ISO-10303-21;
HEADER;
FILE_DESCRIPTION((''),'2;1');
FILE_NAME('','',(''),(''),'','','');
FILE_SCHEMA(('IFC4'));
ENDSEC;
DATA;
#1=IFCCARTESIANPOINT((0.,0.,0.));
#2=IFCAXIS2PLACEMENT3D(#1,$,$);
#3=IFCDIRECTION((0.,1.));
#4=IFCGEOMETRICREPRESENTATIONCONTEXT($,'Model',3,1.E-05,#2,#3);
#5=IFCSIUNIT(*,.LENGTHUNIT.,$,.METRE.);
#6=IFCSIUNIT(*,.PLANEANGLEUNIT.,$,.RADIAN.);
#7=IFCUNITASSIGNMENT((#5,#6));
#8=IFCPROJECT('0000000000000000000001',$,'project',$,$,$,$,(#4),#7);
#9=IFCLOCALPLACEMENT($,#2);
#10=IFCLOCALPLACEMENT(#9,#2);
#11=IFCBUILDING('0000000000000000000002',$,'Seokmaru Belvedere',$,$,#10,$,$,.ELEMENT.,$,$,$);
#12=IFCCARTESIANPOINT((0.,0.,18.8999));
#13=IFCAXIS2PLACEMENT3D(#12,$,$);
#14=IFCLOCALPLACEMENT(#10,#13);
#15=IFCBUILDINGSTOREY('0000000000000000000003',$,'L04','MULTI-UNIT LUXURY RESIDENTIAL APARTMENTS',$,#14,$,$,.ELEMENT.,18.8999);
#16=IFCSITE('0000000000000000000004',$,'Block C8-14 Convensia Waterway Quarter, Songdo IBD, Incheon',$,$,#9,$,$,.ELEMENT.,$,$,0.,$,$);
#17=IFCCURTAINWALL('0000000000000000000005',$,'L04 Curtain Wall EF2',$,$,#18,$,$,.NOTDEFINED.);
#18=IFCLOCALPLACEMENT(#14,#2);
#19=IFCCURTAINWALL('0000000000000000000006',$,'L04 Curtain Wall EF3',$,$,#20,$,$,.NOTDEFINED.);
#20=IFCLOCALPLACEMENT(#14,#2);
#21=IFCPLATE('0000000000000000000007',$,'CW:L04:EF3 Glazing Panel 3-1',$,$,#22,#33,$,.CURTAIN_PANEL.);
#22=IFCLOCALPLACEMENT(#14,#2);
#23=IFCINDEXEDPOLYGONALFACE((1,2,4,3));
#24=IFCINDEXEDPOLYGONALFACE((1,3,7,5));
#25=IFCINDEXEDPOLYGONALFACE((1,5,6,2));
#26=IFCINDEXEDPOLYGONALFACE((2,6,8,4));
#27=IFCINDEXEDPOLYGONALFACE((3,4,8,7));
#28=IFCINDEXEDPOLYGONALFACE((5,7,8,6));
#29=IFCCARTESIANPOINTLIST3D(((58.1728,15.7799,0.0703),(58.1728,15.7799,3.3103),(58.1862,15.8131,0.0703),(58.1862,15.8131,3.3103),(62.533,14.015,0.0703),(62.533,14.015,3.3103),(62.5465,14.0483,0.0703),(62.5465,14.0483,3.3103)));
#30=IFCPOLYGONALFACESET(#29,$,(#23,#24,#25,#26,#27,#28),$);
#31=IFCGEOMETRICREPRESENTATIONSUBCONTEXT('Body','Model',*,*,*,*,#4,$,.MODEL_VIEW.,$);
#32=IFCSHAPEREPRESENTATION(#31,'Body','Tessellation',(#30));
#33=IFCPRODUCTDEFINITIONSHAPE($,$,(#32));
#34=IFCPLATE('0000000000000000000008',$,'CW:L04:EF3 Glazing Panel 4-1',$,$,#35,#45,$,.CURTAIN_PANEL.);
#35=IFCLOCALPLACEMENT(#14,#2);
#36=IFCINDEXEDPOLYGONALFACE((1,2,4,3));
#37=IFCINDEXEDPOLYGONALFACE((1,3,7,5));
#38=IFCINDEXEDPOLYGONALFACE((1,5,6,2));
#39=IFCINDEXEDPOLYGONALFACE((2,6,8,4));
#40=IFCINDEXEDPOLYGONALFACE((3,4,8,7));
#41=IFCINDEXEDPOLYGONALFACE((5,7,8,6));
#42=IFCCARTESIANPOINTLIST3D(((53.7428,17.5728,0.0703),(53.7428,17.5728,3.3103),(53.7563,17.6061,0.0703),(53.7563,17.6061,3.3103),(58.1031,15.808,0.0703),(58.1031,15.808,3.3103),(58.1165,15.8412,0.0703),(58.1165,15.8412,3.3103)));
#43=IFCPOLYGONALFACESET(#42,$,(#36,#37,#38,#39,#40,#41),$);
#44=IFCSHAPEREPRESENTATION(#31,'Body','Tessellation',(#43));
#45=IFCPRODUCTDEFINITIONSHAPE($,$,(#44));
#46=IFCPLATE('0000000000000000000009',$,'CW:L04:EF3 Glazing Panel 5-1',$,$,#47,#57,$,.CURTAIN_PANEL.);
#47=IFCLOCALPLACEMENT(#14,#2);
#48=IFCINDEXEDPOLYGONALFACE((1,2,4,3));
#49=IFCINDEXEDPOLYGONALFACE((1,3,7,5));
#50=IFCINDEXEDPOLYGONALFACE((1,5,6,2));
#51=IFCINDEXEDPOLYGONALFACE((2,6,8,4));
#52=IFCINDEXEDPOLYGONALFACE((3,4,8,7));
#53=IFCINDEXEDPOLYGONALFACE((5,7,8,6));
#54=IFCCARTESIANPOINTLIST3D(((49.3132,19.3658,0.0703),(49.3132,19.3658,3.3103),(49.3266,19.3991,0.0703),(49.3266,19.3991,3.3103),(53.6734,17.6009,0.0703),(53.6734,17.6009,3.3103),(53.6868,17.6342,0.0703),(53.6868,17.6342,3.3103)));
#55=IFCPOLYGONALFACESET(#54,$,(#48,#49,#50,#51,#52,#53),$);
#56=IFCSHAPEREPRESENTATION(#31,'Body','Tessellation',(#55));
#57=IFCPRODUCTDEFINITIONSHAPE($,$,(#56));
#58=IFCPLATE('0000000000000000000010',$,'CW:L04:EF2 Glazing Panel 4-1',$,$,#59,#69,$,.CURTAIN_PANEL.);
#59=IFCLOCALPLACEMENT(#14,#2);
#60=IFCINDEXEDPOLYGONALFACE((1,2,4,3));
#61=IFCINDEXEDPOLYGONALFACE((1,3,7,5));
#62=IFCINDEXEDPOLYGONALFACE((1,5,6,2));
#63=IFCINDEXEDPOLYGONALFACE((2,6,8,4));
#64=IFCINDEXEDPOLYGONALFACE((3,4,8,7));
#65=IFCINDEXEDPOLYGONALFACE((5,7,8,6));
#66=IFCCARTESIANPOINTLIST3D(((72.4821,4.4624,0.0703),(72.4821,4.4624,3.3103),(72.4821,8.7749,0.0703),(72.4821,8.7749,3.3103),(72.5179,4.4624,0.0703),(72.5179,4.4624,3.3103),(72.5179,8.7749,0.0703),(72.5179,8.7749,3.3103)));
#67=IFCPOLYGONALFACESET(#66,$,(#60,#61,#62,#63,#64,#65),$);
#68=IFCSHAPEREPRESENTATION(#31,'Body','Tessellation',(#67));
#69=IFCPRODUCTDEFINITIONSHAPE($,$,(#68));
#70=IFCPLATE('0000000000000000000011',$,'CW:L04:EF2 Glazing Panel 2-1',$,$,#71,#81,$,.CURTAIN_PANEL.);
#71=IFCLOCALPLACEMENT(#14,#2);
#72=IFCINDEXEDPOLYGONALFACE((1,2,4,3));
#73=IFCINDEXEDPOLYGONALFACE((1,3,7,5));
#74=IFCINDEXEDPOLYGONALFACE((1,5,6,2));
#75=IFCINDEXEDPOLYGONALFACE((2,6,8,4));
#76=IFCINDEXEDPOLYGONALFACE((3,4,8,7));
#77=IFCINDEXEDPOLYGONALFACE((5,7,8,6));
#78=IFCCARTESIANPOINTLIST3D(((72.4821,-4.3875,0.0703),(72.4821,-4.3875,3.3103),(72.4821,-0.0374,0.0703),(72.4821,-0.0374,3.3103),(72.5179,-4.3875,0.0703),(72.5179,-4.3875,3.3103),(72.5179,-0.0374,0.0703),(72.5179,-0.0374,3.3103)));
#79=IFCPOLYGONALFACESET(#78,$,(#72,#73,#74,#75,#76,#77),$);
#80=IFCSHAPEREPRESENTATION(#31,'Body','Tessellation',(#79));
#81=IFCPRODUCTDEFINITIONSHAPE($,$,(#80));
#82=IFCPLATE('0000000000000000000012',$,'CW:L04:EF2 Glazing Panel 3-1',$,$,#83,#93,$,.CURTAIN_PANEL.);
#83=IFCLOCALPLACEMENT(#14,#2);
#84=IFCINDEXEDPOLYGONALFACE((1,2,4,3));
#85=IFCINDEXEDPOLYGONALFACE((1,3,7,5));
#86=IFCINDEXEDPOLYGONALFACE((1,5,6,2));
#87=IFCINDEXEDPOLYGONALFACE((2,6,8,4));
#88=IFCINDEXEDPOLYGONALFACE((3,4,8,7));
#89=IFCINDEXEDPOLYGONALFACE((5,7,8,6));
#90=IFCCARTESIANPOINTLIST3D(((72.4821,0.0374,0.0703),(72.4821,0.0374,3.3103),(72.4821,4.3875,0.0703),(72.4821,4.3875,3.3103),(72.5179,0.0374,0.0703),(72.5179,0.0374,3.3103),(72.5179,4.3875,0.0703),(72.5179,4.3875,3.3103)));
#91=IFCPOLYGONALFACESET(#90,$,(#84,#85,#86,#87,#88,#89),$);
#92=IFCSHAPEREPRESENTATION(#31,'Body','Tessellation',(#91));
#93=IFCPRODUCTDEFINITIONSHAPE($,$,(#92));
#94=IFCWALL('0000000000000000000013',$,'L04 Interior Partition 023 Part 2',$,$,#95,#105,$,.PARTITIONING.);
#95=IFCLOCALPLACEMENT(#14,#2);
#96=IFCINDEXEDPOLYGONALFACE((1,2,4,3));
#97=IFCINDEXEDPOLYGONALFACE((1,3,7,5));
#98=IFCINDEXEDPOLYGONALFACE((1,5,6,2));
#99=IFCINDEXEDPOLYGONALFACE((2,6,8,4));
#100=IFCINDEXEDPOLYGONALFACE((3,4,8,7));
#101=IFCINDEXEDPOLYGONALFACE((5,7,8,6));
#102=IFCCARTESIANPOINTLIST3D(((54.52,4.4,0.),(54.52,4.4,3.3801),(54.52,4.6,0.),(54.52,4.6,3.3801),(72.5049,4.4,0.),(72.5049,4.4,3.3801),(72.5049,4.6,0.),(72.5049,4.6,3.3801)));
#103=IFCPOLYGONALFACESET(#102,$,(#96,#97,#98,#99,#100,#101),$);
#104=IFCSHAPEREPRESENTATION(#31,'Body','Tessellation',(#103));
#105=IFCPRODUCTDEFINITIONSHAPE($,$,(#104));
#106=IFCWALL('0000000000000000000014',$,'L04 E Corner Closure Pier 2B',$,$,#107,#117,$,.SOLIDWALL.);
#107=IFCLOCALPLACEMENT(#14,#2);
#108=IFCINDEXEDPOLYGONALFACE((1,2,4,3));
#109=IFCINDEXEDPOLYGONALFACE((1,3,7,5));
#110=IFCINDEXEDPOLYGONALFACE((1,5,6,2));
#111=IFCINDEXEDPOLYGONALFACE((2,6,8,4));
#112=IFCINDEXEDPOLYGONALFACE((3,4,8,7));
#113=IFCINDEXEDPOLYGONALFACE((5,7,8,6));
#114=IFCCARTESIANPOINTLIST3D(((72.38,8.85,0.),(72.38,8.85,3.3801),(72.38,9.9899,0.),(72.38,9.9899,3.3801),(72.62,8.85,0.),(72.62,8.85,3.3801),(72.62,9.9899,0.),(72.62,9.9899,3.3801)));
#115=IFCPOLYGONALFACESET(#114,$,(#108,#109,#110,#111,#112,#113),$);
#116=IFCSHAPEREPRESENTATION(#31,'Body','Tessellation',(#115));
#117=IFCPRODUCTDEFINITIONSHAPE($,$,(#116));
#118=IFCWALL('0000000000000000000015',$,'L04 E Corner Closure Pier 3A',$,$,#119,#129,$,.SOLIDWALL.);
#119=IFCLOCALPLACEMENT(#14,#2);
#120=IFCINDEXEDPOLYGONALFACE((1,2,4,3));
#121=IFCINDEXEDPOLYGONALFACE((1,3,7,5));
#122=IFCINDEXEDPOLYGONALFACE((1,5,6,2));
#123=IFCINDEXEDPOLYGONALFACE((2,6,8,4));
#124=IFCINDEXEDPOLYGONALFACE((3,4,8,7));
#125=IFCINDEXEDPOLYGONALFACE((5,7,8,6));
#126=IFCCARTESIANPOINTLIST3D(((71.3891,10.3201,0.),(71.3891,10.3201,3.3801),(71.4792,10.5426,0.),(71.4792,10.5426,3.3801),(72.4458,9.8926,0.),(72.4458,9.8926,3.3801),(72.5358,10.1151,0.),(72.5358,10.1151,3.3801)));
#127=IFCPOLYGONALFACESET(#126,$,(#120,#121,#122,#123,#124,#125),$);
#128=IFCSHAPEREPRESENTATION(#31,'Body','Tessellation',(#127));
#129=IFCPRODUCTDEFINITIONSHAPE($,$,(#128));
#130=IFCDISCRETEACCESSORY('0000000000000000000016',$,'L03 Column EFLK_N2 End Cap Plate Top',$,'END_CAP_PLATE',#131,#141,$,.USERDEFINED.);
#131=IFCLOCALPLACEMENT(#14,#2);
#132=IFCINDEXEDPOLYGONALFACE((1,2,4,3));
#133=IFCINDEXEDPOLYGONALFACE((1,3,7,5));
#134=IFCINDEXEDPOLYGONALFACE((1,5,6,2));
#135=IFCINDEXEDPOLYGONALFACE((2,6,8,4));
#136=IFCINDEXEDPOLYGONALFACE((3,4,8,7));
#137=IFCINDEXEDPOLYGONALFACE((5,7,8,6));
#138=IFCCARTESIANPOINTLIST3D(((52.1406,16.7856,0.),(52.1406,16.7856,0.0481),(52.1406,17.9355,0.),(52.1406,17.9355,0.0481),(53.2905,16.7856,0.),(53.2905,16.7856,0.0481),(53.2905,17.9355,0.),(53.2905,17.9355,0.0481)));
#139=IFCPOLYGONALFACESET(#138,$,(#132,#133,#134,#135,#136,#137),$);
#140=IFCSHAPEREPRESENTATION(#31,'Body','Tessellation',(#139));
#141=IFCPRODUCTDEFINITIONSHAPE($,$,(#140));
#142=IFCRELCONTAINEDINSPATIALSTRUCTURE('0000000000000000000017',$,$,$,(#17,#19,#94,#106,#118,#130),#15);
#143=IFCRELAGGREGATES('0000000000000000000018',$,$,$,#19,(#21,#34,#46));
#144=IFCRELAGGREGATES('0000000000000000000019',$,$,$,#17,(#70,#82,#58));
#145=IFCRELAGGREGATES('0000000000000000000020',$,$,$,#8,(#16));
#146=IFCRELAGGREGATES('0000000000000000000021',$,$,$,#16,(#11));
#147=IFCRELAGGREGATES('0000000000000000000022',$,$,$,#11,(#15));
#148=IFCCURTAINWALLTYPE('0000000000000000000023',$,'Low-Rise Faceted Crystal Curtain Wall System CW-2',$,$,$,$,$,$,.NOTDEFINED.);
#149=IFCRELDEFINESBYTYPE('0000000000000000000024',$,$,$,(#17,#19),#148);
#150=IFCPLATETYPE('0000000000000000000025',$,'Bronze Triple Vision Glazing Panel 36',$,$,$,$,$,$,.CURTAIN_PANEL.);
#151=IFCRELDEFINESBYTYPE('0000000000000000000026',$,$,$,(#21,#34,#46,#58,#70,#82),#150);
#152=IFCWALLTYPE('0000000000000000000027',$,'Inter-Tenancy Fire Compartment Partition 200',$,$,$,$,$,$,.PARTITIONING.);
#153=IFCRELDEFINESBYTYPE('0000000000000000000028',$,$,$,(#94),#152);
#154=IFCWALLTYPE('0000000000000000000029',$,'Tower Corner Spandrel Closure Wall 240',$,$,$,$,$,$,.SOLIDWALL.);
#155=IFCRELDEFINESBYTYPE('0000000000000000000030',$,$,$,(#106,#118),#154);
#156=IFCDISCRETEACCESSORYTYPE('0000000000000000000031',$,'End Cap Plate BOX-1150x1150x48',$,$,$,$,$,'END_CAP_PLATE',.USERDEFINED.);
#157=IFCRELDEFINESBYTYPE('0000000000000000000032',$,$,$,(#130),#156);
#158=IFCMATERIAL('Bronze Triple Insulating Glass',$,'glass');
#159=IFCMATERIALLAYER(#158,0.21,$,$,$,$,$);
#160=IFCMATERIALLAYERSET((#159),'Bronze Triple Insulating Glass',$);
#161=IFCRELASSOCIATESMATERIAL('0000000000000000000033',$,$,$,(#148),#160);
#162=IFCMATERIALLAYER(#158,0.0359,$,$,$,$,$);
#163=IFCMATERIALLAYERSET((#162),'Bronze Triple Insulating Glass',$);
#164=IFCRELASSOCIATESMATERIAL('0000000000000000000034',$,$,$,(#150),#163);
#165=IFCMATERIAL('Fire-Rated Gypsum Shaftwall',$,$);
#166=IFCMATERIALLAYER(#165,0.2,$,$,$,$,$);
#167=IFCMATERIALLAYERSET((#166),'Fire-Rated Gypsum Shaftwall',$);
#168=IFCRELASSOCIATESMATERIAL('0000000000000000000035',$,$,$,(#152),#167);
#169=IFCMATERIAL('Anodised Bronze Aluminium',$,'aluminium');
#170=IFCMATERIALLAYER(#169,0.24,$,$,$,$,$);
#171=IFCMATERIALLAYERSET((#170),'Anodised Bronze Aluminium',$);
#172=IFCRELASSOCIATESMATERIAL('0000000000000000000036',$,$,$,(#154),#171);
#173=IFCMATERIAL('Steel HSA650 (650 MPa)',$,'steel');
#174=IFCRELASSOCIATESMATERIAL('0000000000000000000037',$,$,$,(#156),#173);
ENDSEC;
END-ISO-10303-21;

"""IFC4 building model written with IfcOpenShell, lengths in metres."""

from ifc_helpers import new_model, si_unit, direction, frame, frame_2d, origin, origin_2d, place, context, subcontext, project, spatial, rectangle, extrude, source, transform, mapped, material, layer, layer_set, type_object, type_shapes, element, aggregate, save


model = new_model("IFC4")

# Units and contexts
model_context = context("Model", 3, precision=1e-05, world=origin(), true_north=direction((0.0, 1.0)))
body_context = subcontext(model_context, "Body", "Model", "MODEL_VIEW")
ifc_project = project(units=[si_unit("LENGTHUNIT", "METRE"), si_unit("PLANEANGLEUNIT", "RADIAN")], contexts=[model_context])

# Site, building, storey
site_placement = place(None, origin())
site = spatial("IfcSite", under=ifc_project, at=site_placement, Name="Block C8-14 Convensia Waterway Quarter, Songdo IBD, Incheon", CompositionType="ELEMENT", RefElevation=0.0)
building_placement = place(site_placement, origin())
building = spatial("IfcBuilding", under=site, at=building_placement, Name="Seokmaru Belvedere", CompositionType="ELEMENT")
storey_placement = place(building_placement, frame((0.0, 0.0, 18.8999)))
storey = spatial("IfcBuildingStorey", under=building, at=storey_placement, Name="L04", Description="MULTI-UNIT LUXURY RESIDENTIAL APARTMENTS", CompositionType="ELEMENT", Elevation=18.8999)

# Shared definitions
ifc_material_1 = material(Name="Steel HSA650 (650 MPa)", Category="steel")

# Curtain walls
ifc_material_2 = material(Name="Bronze Triple Insulating Glass", Category="glass")
ifc_layer_1 = layer(ifc_material_2, 0.21)
ifc_layer_set_1 = layer_set([ifc_layer_1], Name="Bronze Triple Insulating Glass")
curtain_wall_type = type_object("IfcCurtainWallType", Name="Low-Rise Faceted Crystal Curtain Wall System CW-2", PredefinedType="NOTDEFINED", material=ifc_layer_set_1)
curtain_wall_1_placement = place(storey_placement, origin())
curtain_wall_1 = element("IfcCurtainWall", 1, at=curtain_wall_1_placement, inside=storey, type_object=curtain_wall_type, Name="L04 Curtain Wall EF2", PredefinedType="NOTDEFINED")
ifc_material_3 = material(Name="Anodised Bronze Aluminium", Category="aluminium")
curtain_wall_2_placement = place(storey_placement, origin())
curtain_wall_2 = element("IfcCurtainWall", 2, at=curtain_wall_2_placement, inside=storey, type_object=curtain_wall_type, Name="L04 Curtain Wall EF3", PredefinedType="NOTDEFINED")

# Plates
ifc_layer_2 = layer(ifc_material_2, 0.0359)
ifc_layer_set_2 = layer_set([ifc_layer_2], Name="Bronze Triple Insulating Glass")
plate_type = type_object("IfcPlateType", Name="Bronze Triple Vision Glazing Panel 36", PredefinedType="CURTAIN_PANEL", material=ifc_layer_set_2)
shared_shape_1 = source(origin(), body_context, "Body", "SweptSolid", [
    extrude(rectangle(XDim=4.7039, YDim=0.0359, at=origin_2d()), origin(), (0.0, 0.0, 1.0), 3.24),
])
plate_1_placement = place(storey_placement, frame((60.3596, 14.9141, 0.0703), z_axis=(0.0, 0.0, 1.0), x_axis=(-0.926947, 0.375192, 0.0)))
plate_1 = element("IfcPlate", 3, at=plate_1_placement, type_object=plate_type, Name="CW:L04:EF3 Glazing Panel 3-1", PredefinedType="CURTAIN_PANEL", context=body_context, shape_type="MappedRepresentation", body=[
    mapped(shared_shape_1, transform((0.0, 0.0, 0.0), scale=1.0)),
])
plate_2_placement = place(storey_placement, frame((55.9297, 16.707, 0.0703), z_axis=(0.0, 0.0, 1.0), x_axis=(-0.926947, 0.375192, 0.0)))
plate_2 = element("IfcPlate", 4, at=plate_2_placement, type_object=plate_type, Name="CW:L04:EF3 Glazing Panel 4-1", PredefinedType="CURTAIN_PANEL", context=body_context, shape_type="MappedRepresentation", body=[
    mapped(shared_shape_1, transform((0.0, 0.0, 0.0), scale=1.0)),
])
plate_3_placement = place(storey_placement, frame((51.5, 18.5, 0.0703), z_axis=(0.0, 0.0, 1.0), x_axis=(-0.926947, 0.375192, 0.0)))
plate_3 = element("IfcPlate", 5, at=plate_3_placement, type_object=plate_type, Name="CW:L04:EF3 Glazing Panel 5-1", PredefinedType="CURTAIN_PANEL", context=body_context, shape_type="MappedRepresentation", body=[
    mapped(shared_shape_1, transform((0.0, 0.0, 0.0), scale=1.0)),
])
aggregate(curtain_wall_2, [plate_1, plate_2, plate_3])
shared_shape_2 = source(origin(), body_context, "Body", "SweptSolid", [
    extrude(rectangle(XDim=4.3125, YDim=0.0359, at=origin_2d()), origin(), (0.0, 0.0, 1.0), 3.24),
])
plate_4_placement = place(storey_placement, frame((72.5, 6.6187, 0.0703), z_axis=(0.0, 0.0, 1.0), x_axis=(0.0, 1.0, 0.0)))
plate_4 = element("IfcPlate", 6, at=plate_4_placement, type_object=plate_type, Name="CW:L04:EF2 Glazing Panel 4-1", PredefinedType="CURTAIN_PANEL", context=body_context, shape_type="MappedRepresentation", body=[
    mapped(shared_shape_2, transform((0.0, 0.0, 0.0), scale=1.0)),
])
shared_shape_3 = source(origin(), body_context, "Body", "SweptSolid", [
    extrude(rectangle(XDim=4.3501, YDim=0.0359, at=origin_2d()), origin(), (0.0, 0.0, 1.0), 3.24),
])
plate_5_placement = place(storey_placement, frame((72.5, -2.2124, 0.0703), z_axis=(0.0, 0.0, 1.0), x_axis=(0.0, 1.0, 0.0)))
plate_5 = element("IfcPlate", 7, at=plate_5_placement, type_object=plate_type, Name="CW:L04:EF2 Glazing Panel 2-1", PredefinedType="CURTAIN_PANEL", context=body_context, shape_type="MappedRepresentation", body=[
    mapped(shared_shape_3, transform((0.0, 0.0, 0.0), scale=1.0)),
])
plate_6_placement = place(storey_placement, frame((72.5, 2.2124, 0.0703), z_axis=(0.0, 0.0, 1.0), x_axis=(0.0, 1.0, 0.0)))
plate_6 = element("IfcPlate", 8, at=plate_6_placement, type_object=plate_type, Name="CW:L04:EF2 Glazing Panel 3-1", PredefinedType="CURTAIN_PANEL", context=body_context, shape_type="MappedRepresentation", body=[
    mapped(shared_shape_3, transform((0.0, 0.0, 0.0), scale=1.0)),
])
aggregate(curtain_wall_1, [plate_5, plate_6, plate_4])

# Walls
ifc_material_4 = material(Name="Fire-Rated Gypsum Shaftwall")
ifc_layer_3 = layer(ifc_material_4, 0.2)
ifc_layer_set_3 = layer_set([ifc_layer_3], Name="Fire-Rated Gypsum Shaftwall")
wall_type_1 = type_object("IfcWallType", Name="Inter-Tenancy Fire Compartment Partition 200", PredefinedType="PARTITIONING", material=ifc_layer_set_3)
wall_placement = place(storey_placement, frame((54.52, 4.5, 0.0), z_axis=(0.0, 0.0, 1.0), x_axis=(1.0, 0.0, 0.0)))
element("IfcWall", 9, at=wall_placement, inside=storey, type_object=wall_type_1, Name="L04 Interior Partition 023 Part 2", PredefinedType="PARTITIONING", context=body_context, shape_type="SweptSolid", body=[
    extrude(rectangle(XDim=17.9849, YDim=0.2, at=frame_2d((8.9924, 0.0))), origin(), (0.0, 0.0, 1.0), 3.3801),
])
ifc_layer_4 = layer(ifc_material_3, 0.24)
ifc_layer_set_4 = layer_set([ifc_layer_4], Name="Anodised Bronze Aluminium")
wall_type_2 = type_object("IfcWallType", Name="Tower Corner Spandrel Closure Wall 240", PredefinedType="SOLIDWALL", material=ifc_layer_set_4)
for number, where, z_axis, x_axis, name in (
    (10, (72.5, 8.8501, 0.0), (0.0, 0.0, 1.0), (0.0, 1.0, 0.0), "L04 E Corner Closure Pier 2B"),
    (11, (72.4907, 10.0039, 0.0), (0.0, 0.0, 1.0), (-0.927007, 0.375044, 0.0), "L04 E Corner Closure Pier 3A"),
):
    element("IfcWall", number, at=place(storey_placement, frame(where, z_axis=z_axis, x_axis=x_axis)), inside=storey, type_object=wall_type_2, Name=name, PredefinedType="SOLIDWALL", context=body_context, shape_type="SweptSolid", body=[
        extrude(rectangle(XDim=1.1399, YDim=0.24, at=frame_2d((0.5698, 0.0))), origin(), (0.0, 0.0, 1.0), 3.3801),
    ])

# Discrete accessory
discrete_accessory_type = type_object("IfcDiscreteAccessoryType", Name="End Cap Plate BOX-1150x1150x48", ElementType="END_CAP_PLATE", PredefinedType="USERDEFINED", material=ifc_material_1)
shared_shape_4 = source(origin(), body_context, "Body", "SweptSolid", [
    extrude(rectangle(XDim=1.1499, YDim=1.1499, at=origin_2d()), origin(), (0.0, 0.0, 1.0), 0.0481),
])
type_shapes(discrete_accessory_type, [shared_shape_4])
discrete_accessory_placement = place(storey_placement, frame((52.7156, 17.3606, 0.0), z_axis=(0.0, 0.0, 1.0), x_axis=(1.0, 0.0, 0.0)))
element("IfcDiscreteAccessory", 12, at=discrete_accessory_placement, inside=storey, type_object=discrete_accessory_type, Name="L03 Column EFLK_N2 End Cap Plate Top", ObjectType="END_CAP_PLATE", PredefinedType="USERDEFINED", context=body_context, shape_type="MappedRepresentation", body=[
    mapped(shared_shape_4, transform((0.0, 0.0, 0.0), scale=1.0)),
])

save(model, "model.ifc")
